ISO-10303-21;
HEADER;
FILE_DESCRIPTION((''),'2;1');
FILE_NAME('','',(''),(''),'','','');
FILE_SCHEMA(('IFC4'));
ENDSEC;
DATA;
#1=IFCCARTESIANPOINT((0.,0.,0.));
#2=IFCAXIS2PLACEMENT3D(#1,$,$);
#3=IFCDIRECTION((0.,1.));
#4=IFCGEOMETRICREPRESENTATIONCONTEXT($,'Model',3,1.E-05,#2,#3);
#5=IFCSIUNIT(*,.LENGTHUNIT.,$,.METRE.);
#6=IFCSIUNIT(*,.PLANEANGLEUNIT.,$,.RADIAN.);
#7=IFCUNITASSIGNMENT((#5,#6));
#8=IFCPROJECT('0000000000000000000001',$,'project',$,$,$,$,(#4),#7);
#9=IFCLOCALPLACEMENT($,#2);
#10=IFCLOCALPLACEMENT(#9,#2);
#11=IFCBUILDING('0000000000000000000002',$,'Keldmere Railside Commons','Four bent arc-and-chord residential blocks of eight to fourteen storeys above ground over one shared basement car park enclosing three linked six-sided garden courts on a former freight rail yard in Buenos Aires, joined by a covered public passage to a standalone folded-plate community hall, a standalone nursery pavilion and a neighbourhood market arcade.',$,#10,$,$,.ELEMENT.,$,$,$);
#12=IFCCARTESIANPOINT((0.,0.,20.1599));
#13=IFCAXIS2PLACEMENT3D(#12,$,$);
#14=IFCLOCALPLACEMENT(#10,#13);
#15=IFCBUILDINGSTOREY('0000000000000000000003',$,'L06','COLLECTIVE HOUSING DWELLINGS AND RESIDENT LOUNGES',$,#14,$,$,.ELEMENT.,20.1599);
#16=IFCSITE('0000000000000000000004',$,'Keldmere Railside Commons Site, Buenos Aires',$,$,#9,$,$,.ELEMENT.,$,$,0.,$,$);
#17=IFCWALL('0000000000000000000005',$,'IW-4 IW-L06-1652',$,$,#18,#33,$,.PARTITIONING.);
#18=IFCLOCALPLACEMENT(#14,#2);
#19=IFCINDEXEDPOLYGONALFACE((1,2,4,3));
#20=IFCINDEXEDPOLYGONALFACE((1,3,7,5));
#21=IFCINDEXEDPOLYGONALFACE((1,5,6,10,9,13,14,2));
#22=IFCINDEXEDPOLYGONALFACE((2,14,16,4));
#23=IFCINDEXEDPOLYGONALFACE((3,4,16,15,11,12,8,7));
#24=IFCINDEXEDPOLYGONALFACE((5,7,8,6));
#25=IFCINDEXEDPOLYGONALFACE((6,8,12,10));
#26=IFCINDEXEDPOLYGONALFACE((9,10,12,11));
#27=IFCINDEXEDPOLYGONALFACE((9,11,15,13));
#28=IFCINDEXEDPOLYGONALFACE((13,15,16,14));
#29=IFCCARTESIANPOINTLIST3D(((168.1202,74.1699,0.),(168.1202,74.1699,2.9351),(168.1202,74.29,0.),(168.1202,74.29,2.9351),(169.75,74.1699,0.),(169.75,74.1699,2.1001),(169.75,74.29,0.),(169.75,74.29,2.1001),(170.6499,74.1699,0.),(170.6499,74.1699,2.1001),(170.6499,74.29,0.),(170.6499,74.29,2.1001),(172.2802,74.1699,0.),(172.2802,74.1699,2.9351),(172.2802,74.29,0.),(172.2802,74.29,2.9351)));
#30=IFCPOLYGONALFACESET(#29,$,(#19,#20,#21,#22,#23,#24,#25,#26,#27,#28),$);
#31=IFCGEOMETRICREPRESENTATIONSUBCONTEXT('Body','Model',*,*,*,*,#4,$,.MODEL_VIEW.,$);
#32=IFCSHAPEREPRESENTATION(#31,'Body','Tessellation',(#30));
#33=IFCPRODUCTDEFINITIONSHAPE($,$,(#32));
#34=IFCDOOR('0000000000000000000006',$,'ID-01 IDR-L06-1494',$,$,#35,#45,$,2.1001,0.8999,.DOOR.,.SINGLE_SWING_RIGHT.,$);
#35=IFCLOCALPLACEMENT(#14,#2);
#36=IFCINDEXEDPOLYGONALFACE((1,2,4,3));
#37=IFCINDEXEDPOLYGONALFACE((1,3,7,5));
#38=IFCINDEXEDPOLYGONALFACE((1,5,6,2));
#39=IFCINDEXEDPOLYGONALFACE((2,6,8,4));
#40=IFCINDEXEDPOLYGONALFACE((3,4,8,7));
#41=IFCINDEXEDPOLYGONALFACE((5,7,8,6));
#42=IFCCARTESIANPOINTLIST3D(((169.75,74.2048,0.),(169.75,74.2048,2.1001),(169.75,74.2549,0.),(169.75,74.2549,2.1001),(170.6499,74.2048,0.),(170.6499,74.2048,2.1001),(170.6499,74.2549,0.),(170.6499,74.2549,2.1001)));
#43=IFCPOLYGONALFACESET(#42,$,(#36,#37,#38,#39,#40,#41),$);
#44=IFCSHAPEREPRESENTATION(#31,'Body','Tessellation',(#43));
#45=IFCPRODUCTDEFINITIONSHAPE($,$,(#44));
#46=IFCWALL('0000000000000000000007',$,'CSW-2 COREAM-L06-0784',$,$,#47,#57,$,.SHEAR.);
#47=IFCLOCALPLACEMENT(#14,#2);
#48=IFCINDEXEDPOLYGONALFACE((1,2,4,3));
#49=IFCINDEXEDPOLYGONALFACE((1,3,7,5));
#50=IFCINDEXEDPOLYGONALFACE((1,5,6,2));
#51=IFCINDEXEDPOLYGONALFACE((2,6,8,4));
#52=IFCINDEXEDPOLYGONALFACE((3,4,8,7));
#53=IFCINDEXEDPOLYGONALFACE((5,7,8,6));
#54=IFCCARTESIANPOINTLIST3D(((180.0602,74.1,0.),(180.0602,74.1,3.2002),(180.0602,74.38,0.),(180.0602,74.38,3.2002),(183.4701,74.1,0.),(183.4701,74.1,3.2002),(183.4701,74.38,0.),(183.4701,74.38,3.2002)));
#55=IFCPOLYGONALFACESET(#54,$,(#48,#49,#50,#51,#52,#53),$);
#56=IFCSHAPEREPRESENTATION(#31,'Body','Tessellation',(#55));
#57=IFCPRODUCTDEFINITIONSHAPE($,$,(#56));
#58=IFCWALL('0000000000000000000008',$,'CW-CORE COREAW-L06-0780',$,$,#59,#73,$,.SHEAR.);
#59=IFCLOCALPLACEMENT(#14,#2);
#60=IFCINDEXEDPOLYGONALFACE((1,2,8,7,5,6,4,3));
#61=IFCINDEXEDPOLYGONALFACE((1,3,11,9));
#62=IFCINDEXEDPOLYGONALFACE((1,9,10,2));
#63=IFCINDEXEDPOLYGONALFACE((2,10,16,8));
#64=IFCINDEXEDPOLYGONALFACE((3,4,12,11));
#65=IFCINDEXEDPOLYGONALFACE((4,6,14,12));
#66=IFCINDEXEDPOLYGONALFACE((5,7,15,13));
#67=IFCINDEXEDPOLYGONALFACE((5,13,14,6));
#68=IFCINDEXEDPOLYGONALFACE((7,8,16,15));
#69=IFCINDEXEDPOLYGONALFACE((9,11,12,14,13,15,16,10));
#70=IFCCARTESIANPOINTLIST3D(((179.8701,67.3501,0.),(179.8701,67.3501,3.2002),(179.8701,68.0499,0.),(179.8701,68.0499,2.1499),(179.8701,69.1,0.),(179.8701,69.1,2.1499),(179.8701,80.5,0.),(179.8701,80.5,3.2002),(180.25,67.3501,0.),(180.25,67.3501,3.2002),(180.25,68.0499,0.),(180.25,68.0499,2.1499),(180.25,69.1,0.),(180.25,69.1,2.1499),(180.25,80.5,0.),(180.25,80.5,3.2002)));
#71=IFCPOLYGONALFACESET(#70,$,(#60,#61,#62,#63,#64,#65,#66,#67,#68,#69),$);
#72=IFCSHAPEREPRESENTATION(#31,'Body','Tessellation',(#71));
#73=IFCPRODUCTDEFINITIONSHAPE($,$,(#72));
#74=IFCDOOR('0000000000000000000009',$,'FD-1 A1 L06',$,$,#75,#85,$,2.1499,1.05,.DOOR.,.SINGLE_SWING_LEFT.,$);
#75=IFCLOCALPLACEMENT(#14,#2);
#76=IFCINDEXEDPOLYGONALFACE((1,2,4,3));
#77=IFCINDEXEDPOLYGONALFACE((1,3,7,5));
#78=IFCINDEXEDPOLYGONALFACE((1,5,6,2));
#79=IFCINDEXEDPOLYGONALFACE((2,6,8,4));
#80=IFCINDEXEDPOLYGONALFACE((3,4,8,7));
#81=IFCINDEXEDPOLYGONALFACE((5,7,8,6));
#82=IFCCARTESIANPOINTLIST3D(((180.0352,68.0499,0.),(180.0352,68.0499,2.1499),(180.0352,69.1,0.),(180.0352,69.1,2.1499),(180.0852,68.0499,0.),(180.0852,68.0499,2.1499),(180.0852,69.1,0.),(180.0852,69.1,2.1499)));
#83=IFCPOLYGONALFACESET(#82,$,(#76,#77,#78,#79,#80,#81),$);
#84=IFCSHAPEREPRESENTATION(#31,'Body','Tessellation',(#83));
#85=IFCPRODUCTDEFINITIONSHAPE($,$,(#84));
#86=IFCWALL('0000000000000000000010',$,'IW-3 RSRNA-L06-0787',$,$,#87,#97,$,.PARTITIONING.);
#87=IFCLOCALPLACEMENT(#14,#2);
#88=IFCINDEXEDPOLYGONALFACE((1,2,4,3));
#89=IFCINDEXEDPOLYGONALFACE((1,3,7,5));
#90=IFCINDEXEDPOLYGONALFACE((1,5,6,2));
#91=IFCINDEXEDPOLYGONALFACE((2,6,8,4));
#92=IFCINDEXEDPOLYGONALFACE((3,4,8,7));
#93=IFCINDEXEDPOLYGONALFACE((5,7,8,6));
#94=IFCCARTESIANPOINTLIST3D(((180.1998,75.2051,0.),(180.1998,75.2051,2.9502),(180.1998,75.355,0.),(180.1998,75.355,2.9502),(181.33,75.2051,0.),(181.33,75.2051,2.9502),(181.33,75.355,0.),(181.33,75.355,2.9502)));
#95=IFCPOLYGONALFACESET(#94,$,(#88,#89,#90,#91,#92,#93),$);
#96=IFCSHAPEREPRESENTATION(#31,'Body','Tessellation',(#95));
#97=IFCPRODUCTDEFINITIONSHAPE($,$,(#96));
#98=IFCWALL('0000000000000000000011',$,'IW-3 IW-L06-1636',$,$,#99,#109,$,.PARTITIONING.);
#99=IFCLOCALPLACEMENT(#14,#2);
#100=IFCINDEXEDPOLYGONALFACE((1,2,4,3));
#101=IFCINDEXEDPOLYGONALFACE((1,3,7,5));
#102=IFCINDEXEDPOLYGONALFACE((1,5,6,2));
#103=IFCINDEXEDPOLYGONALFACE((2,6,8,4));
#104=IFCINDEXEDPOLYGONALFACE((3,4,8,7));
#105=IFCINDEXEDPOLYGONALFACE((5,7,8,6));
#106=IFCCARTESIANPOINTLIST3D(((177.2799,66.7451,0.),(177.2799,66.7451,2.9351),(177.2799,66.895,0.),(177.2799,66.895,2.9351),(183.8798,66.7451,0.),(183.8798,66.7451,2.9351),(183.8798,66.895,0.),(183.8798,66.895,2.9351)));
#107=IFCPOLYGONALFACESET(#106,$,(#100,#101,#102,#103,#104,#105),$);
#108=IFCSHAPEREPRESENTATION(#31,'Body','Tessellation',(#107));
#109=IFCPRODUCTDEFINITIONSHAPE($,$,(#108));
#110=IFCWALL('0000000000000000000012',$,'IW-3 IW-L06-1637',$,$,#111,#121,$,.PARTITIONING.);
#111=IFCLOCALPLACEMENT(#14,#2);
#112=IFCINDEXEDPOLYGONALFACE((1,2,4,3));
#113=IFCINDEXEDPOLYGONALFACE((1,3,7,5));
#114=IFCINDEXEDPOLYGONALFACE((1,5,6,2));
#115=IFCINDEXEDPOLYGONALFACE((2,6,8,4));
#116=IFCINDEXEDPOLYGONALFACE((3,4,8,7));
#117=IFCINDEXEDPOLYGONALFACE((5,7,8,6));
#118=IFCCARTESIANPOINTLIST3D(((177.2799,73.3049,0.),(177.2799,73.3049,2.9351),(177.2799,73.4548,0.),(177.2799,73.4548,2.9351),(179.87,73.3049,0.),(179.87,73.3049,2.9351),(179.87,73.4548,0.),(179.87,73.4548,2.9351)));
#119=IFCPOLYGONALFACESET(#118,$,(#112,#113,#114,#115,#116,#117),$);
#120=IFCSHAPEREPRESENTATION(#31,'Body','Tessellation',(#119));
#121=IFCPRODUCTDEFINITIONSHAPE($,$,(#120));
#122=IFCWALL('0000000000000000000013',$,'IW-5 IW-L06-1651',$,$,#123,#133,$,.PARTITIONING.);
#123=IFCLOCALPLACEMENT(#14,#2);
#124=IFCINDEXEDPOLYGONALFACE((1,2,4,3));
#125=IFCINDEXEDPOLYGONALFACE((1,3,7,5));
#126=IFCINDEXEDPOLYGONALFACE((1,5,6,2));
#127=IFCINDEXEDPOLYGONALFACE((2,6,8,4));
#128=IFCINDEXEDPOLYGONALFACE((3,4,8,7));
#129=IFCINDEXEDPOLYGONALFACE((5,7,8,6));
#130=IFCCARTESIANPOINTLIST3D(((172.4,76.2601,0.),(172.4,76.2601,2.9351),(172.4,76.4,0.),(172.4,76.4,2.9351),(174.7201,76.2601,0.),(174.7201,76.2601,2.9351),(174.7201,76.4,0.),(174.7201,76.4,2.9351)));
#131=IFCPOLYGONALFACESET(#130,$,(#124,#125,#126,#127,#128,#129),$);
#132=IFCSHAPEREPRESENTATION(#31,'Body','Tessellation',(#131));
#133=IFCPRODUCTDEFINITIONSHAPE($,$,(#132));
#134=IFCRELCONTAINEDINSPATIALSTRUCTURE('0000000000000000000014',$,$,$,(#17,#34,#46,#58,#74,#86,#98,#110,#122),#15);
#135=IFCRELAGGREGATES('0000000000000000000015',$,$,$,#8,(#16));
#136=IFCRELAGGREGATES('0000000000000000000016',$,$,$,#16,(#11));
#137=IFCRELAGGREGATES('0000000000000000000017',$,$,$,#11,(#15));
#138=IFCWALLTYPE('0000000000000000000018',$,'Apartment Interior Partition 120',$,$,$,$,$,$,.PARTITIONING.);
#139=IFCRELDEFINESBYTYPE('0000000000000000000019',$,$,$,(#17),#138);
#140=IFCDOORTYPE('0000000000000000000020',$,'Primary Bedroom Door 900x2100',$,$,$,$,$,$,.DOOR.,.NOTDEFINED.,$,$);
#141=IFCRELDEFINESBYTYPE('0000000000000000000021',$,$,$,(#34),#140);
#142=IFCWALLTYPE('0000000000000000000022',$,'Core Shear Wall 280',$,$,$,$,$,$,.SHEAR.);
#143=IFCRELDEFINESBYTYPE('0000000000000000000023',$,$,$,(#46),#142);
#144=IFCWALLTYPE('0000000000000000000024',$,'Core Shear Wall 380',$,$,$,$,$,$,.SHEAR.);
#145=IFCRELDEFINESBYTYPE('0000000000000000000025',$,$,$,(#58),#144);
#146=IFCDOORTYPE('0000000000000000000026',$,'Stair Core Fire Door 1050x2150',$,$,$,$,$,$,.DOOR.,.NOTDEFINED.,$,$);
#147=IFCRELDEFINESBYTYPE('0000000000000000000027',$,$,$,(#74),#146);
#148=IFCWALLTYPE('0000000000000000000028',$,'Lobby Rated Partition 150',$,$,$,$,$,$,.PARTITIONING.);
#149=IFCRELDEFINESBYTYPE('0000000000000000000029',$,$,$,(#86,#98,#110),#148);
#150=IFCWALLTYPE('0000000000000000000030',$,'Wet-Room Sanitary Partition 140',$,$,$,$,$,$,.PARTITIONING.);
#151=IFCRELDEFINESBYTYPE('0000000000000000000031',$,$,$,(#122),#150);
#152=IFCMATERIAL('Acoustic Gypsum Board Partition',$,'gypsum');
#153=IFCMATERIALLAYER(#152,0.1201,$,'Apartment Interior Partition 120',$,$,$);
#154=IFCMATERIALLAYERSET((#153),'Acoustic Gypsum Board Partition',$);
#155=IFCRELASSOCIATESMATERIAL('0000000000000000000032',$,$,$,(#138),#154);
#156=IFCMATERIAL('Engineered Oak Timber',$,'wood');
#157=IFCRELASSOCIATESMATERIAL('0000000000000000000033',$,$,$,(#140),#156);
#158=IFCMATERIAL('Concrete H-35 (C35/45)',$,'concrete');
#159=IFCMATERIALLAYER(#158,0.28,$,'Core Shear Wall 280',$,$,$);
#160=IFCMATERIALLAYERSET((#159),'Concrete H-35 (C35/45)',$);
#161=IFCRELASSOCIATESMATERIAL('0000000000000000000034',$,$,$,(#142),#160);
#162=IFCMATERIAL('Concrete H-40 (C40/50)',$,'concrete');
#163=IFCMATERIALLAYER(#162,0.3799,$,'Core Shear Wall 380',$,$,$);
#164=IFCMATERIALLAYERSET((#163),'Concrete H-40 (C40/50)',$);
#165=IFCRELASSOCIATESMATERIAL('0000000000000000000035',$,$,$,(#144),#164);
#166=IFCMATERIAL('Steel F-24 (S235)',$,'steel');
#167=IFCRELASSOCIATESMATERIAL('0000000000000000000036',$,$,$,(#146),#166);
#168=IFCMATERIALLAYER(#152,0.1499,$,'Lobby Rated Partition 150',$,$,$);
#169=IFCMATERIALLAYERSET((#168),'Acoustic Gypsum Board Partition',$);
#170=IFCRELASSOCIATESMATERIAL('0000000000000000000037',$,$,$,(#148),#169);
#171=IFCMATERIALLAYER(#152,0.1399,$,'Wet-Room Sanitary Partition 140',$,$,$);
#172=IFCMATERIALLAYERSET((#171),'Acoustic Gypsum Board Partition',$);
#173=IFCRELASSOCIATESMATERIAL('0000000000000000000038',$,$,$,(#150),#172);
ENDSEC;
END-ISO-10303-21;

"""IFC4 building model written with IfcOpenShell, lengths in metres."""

from ifc_helpers import new_model, si_unit, direction, frame, frame_2d, origin, place, context, subcontext, project, spatial, rectangle, extrude, material, layer, layer_set, type_object, element, fill, save


model = new_model("IFC4")

# Units and contexts
model_context = context("Model", 3, precision=1e-05, world=origin(), true_north=direction((0.0, 1.0)))
body_context = subcontext(model_context, "Body", "Model", "MODEL_VIEW")
ifc_project = project(units=[si_unit("LENGTHUNIT", "METRE"), si_unit("PLANEANGLEUNIT", "RADIAN")], contexts=[model_context])

# Site, building, storey
site_placement = place(None, origin())
site = spatial("IfcSite", under=ifc_project, at=site_placement, Name="Keldmere Railside Commons Site, Buenos Aires", CompositionType="ELEMENT", RefElevation=0.0)
building_placement = place(site_placement, origin())
building = spatial("IfcBuilding", under=site, at=building_placement, Name="Keldmere Railside Commons", Description="Four bent arc-and-chord residential blocks of eight to fourteen storeys above ground over one shared basement car park enclosing three linked six-sided garden courts on a former freight rail yard in Buenos Aires, joined by a covered public passage to a standalone folded-plate community hall, a standalone nursery pavilion and a neighbourhood market arcade.", CompositionType="ELEMENT")
storey_placement = place(building_placement, frame((0.0, 0.0, 20.1599)))
storey = spatial("IfcBuildingStorey", under=building, at=storey_placement, Name="L06", Description="COLLECTIVE HOUSING DWELLINGS AND RESIDENT LOUNGES", CompositionType="ELEMENT", Elevation=20.1599)

# Shared definitions
ifc_material_1 = material(Name="Concrete H-35 (C35/45)", Category="concrete")

# Shared definitions
ifc_material_2 = material(Name="Acoustic Gypsum Board Partition", Category="gypsum")

# Shared definitions
ifc_layer_1 = layer(ifc_material_2, 0.1201, Name="Apartment Interior Partition 120")
ifc_layer_set_1 = layer_set([ifc_layer_1], Name="Acoustic Gypsum Board Partition")
wall_type_1 = type_object("IfcWallType", Name="Apartment Interior Partition 120", PredefinedType="PARTITIONING", material=ifc_layer_set_1)
ifc_material_3 = material(Name="Engineered Oak Timber", Category="wood")

# Wall, opening, door
wall_1_placement = place(storey_placement, frame((168.1201, 74.23, 0.0), z_axis=(0.0, 0.0, 1.0), x_axis=(1.0, 0.0, 0.0)))
wall_1 = element("IfcWall", 1, at=wall_1_placement, inside=storey, type_object=wall_type_1, Name="IW-4 IW-L06-1652", PredefinedType="PARTITIONING", context=body_context, shape_type="SweptSolid", body=[
    extrude(rectangle(XDim=4.1599, YDim=0.1201, at=frame_2d((2.0801, 0.0))), origin(), (0.0, 0.0, 1.0), 2.9351),
])
opening_1_placement = place(wall_1_placement, frame((1.6299, 0.0, 0.0)))
opening_1 = element("IfcOpeningElement", 2, at=opening_1_placement, cuts=wall_1, PredefinedType="OPENING", context=body_context, shape_type="SweptSolid", body=[
    extrude(rectangle(XDim=0.8999, YDim=2.1001, at=frame_2d((0.45, 1.05))), frame((0.0, 0.0701, 0.0), z_axis=(0.0, -1.0, 0.0), x_axis=(1.0, 0.0, 0.0)), (0.0, 0.0, 1.0), 0.1401),
])
door_type_1 = type_object("IfcDoorType", Name="Primary Bedroom Door 900x2100", OperationType="NOTDEFINED", PredefinedType="DOOR", material=ifc_material_3)
door_1_placement = place(opening_1_placement, origin())
door_1 = element("IfcDoor", 3, at=door_1_placement, inside=storey, type_object=door_type_1, Name="ID-01 IDR-L06-1494", OperationType="SINGLE_SWING_RIGHT", OverallHeight=2.1001, OverallWidth=0.8999, PredefinedType="DOOR", context=body_context, shape_type="SweptSolid", body=[
    extrude(rectangle(XDim=0.8999, YDim=2.1001, at=frame_2d((0.45, 1.05))), frame((0.0, 0.0249, 0.0), z_axis=(0.0, -1.0, 0.0), x_axis=(1.0, 0.0, 0.0)), (0.0, 0.0, 1.0), 0.05),
])
fill(opening_1, door_1)

# Wall
ifc_layer_2 = layer(ifc_material_1, 0.28, Name="Core Shear Wall 280")
ifc_layer_set_2 = layer_set([ifc_layer_2], Name="Concrete H-35 (C35/45)")
wall_type_2 = type_object("IfcWallType", Name="Core Shear Wall 280", PredefinedType="SHEAR", material=ifc_layer_set_2)
wall_2_placement = place(storey_placement, frame((180.0601, 74.24, 0.0), z_axis=(0.0, 0.0, 1.0), x_axis=(1.0, 0.0, 0.0)))
element("IfcWall", 4, at=wall_2_placement, inside=storey, type_object=wall_type_2, Name="CSW-2 COREAM-L06-0784", PredefinedType="SHEAR", context=body_context, shape_type="SweptSolid", body=[
    extrude(rectangle(XDim=3.4099, YDim=0.28, at=frame_2d((1.7051, 0.0))), origin(), (0.0, 0.0, 1.0), 3.2002),
])

# Wall, opening, door
ifc_material_4 = material(Name="Concrete H-40 (C40/50)", Category="concrete")
ifc_layer_3 = layer(ifc_material_4, 0.3799, Name="Core Shear Wall 380")
ifc_layer_set_3 = layer_set([ifc_layer_3], Name="Concrete H-40 (C40/50)")
wall_type_3 = type_object("IfcWallType", Name="Core Shear Wall 380", PredefinedType="SHEAR", material=ifc_layer_set_3)
wall_3_placement = place(storey_placement, frame((180.0601, 67.3501, 0.0), z_axis=(0.0, 0.0, 1.0), x_axis=(0.0, 1.0, 0.0)))
wall_3 = element("IfcWall", 5, at=wall_3_placement, inside=storey, type_object=wall_type_3, Name="CW-CORE COREAW-L06-0780", PredefinedType="SHEAR", context=body_context, shape_type="SweptSolid", body=[
    extrude(rectangle(XDim=13.1499, YDim=0.3799, at=frame_2d((6.575, 0.0))), origin(), (0.0, 0.0, 1.0), 3.2002),
])
opening_2_placement = place(wall_3_placement, frame((0.7, 0.0, 0.0)))
opening_2 = element("IfcOpeningElement", 6, at=opening_2_placement, cuts=wall_3, PredefinedType="OPENING", context=body_context, shape_type="SweptSolid", body=[
    extrude(rectangle(XDim=1.05, YDim=2.1499, at=frame_2d((0.5249, 1.075))), frame((0.0, 0.2, 0.0), z_axis=(0.0, -1.0, 0.0), x_axis=(1.0, 0.0, 0.0)), (0.0, 0.0, 1.0), 0.3999),
])
ifc_material_5 = material(Name="Steel F-24 (S235)", Category="steel")
door_type_2 = type_object("IfcDoorType", Name="Stair Core Fire Door 1050x2150", OperationType="NOTDEFINED", PredefinedType="DOOR", material=ifc_material_5)
door_2_placement = place(opening_2_placement, origin())
door_2 = element("IfcDoor", 7, at=door_2_placement, inside=storey, type_object=door_type_2, Name="FD-1 A1 L06", OperationType="SINGLE_SWING_LEFT", OverallHeight=2.1499, OverallWidth=1.05, PredefinedType="DOOR", context=body_context, shape_type="SweptSolid", body=[
    extrude(rectangle(XDim=1.05, YDim=2.1499, at=frame_2d((0.5249, 1.075))), frame((0.0, 0.0249, 0.0), z_axis=(0.0, -1.0, 0.0), x_axis=(1.0, 0.0, 0.0)), (0.0, 0.0, 1.0), 0.05),
])
fill(opening_2, door_2)

# Walls
ifc_layer_4 = layer(ifc_material_2, 0.1499, Name="Lobby Rated Partition 150")
ifc_layer_set_4 = layer_set([ifc_layer_4], Name="Acoustic Gypsum Board Partition")
wall_type_4 = type_object("IfcWallType", Name="Lobby Rated Partition 150", PredefinedType="PARTITIONING", material=ifc_layer_set_4)
wall_4_placement = place(storey_placement, frame((180.2, 75.28, 0.0), z_axis=(0.0, 0.0, 1.0), x_axis=(1.0, 0.0, 0.0)))
element("IfcWall", 8, at=wall_4_placement, inside=storey, type_object=wall_type_4, Name="IW-3 RSRNA-L06-0787", PredefinedType="PARTITIONING", context=body_context, shape_type="SweptSolid", body=[
    extrude(rectangle(XDim=1.1301, YDim=0.1499, at=frame_2d((0.5649, 0.0))), origin(), (0.0, 0.0, 1.0), 2.9502),
])
wall_5_placement = place(storey_placement, frame((177.28, 66.8201, 0.0), z_axis=(0.0, 0.0, 1.0), x_axis=(1.0, 0.0, 0.0)))
element("IfcWall", 9, at=wall_5_placement, inside=storey, type_object=wall_type_4, Name="IW-3 IW-L06-1636", PredefinedType="PARTITIONING", context=body_context, shape_type="SweptSolid", body=[
    extrude(rectangle(XDim=6.5999, YDim=0.1499, at=frame_2d((3.2998, 0.0))), origin(), (0.0, 0.0, 1.0), 2.9351),
])
wall_6_placement = place(storey_placement, frame((177.28, 73.3799, 0.0), z_axis=(0.0, 0.0, 1.0), x_axis=(1.0, 0.0, 0.0)))
element("IfcWall", 10, at=wall_6_placement, inside=storey, type_object=wall_type_4, Name="IW-3 IW-L06-1637", PredefinedType="PARTITIONING", context=body_context, shape_type="SweptSolid", body=[
    extrude(rectangle(XDim=2.5901, YDim=0.1499, at=frame_2d((1.2949, 0.0))), origin(), (0.0, 0.0, 1.0), 2.9351),
])
ifc_layer_5 = layer(ifc_material_2, 0.1399, Name="Wet-Room Sanitary Partition 140")
ifc_layer_set_5 = layer_set([ifc_layer_5], Name="Acoustic Gypsum Board Partition")
wall_type_5 = type_object("IfcWallType", Name="Wet-Room Sanitary Partition 140", PredefinedType="PARTITIONING", material=ifc_layer_set_5)
wall_7_placement = place(storey_placement, frame((172.3999, 76.3301, 0.0), z_axis=(0.0, 0.0, 1.0), x_axis=(1.0, 0.0, 0.0)))
element("IfcWall", 11, at=wall_7_placement, inside=storey, type_object=wall_type_5, Name="IW-5 IW-L06-1651", PredefinedType="PARTITIONING", context=body_context, shape_type="SweptSolid", body=[
    extrude(rectangle(XDim=2.3201, YDim=0.1399, at=frame_2d((1.1602, 0.0))), origin(), (0.0, 0.0, 1.0), 2.9351),
])

save(model, "model.ifc")
